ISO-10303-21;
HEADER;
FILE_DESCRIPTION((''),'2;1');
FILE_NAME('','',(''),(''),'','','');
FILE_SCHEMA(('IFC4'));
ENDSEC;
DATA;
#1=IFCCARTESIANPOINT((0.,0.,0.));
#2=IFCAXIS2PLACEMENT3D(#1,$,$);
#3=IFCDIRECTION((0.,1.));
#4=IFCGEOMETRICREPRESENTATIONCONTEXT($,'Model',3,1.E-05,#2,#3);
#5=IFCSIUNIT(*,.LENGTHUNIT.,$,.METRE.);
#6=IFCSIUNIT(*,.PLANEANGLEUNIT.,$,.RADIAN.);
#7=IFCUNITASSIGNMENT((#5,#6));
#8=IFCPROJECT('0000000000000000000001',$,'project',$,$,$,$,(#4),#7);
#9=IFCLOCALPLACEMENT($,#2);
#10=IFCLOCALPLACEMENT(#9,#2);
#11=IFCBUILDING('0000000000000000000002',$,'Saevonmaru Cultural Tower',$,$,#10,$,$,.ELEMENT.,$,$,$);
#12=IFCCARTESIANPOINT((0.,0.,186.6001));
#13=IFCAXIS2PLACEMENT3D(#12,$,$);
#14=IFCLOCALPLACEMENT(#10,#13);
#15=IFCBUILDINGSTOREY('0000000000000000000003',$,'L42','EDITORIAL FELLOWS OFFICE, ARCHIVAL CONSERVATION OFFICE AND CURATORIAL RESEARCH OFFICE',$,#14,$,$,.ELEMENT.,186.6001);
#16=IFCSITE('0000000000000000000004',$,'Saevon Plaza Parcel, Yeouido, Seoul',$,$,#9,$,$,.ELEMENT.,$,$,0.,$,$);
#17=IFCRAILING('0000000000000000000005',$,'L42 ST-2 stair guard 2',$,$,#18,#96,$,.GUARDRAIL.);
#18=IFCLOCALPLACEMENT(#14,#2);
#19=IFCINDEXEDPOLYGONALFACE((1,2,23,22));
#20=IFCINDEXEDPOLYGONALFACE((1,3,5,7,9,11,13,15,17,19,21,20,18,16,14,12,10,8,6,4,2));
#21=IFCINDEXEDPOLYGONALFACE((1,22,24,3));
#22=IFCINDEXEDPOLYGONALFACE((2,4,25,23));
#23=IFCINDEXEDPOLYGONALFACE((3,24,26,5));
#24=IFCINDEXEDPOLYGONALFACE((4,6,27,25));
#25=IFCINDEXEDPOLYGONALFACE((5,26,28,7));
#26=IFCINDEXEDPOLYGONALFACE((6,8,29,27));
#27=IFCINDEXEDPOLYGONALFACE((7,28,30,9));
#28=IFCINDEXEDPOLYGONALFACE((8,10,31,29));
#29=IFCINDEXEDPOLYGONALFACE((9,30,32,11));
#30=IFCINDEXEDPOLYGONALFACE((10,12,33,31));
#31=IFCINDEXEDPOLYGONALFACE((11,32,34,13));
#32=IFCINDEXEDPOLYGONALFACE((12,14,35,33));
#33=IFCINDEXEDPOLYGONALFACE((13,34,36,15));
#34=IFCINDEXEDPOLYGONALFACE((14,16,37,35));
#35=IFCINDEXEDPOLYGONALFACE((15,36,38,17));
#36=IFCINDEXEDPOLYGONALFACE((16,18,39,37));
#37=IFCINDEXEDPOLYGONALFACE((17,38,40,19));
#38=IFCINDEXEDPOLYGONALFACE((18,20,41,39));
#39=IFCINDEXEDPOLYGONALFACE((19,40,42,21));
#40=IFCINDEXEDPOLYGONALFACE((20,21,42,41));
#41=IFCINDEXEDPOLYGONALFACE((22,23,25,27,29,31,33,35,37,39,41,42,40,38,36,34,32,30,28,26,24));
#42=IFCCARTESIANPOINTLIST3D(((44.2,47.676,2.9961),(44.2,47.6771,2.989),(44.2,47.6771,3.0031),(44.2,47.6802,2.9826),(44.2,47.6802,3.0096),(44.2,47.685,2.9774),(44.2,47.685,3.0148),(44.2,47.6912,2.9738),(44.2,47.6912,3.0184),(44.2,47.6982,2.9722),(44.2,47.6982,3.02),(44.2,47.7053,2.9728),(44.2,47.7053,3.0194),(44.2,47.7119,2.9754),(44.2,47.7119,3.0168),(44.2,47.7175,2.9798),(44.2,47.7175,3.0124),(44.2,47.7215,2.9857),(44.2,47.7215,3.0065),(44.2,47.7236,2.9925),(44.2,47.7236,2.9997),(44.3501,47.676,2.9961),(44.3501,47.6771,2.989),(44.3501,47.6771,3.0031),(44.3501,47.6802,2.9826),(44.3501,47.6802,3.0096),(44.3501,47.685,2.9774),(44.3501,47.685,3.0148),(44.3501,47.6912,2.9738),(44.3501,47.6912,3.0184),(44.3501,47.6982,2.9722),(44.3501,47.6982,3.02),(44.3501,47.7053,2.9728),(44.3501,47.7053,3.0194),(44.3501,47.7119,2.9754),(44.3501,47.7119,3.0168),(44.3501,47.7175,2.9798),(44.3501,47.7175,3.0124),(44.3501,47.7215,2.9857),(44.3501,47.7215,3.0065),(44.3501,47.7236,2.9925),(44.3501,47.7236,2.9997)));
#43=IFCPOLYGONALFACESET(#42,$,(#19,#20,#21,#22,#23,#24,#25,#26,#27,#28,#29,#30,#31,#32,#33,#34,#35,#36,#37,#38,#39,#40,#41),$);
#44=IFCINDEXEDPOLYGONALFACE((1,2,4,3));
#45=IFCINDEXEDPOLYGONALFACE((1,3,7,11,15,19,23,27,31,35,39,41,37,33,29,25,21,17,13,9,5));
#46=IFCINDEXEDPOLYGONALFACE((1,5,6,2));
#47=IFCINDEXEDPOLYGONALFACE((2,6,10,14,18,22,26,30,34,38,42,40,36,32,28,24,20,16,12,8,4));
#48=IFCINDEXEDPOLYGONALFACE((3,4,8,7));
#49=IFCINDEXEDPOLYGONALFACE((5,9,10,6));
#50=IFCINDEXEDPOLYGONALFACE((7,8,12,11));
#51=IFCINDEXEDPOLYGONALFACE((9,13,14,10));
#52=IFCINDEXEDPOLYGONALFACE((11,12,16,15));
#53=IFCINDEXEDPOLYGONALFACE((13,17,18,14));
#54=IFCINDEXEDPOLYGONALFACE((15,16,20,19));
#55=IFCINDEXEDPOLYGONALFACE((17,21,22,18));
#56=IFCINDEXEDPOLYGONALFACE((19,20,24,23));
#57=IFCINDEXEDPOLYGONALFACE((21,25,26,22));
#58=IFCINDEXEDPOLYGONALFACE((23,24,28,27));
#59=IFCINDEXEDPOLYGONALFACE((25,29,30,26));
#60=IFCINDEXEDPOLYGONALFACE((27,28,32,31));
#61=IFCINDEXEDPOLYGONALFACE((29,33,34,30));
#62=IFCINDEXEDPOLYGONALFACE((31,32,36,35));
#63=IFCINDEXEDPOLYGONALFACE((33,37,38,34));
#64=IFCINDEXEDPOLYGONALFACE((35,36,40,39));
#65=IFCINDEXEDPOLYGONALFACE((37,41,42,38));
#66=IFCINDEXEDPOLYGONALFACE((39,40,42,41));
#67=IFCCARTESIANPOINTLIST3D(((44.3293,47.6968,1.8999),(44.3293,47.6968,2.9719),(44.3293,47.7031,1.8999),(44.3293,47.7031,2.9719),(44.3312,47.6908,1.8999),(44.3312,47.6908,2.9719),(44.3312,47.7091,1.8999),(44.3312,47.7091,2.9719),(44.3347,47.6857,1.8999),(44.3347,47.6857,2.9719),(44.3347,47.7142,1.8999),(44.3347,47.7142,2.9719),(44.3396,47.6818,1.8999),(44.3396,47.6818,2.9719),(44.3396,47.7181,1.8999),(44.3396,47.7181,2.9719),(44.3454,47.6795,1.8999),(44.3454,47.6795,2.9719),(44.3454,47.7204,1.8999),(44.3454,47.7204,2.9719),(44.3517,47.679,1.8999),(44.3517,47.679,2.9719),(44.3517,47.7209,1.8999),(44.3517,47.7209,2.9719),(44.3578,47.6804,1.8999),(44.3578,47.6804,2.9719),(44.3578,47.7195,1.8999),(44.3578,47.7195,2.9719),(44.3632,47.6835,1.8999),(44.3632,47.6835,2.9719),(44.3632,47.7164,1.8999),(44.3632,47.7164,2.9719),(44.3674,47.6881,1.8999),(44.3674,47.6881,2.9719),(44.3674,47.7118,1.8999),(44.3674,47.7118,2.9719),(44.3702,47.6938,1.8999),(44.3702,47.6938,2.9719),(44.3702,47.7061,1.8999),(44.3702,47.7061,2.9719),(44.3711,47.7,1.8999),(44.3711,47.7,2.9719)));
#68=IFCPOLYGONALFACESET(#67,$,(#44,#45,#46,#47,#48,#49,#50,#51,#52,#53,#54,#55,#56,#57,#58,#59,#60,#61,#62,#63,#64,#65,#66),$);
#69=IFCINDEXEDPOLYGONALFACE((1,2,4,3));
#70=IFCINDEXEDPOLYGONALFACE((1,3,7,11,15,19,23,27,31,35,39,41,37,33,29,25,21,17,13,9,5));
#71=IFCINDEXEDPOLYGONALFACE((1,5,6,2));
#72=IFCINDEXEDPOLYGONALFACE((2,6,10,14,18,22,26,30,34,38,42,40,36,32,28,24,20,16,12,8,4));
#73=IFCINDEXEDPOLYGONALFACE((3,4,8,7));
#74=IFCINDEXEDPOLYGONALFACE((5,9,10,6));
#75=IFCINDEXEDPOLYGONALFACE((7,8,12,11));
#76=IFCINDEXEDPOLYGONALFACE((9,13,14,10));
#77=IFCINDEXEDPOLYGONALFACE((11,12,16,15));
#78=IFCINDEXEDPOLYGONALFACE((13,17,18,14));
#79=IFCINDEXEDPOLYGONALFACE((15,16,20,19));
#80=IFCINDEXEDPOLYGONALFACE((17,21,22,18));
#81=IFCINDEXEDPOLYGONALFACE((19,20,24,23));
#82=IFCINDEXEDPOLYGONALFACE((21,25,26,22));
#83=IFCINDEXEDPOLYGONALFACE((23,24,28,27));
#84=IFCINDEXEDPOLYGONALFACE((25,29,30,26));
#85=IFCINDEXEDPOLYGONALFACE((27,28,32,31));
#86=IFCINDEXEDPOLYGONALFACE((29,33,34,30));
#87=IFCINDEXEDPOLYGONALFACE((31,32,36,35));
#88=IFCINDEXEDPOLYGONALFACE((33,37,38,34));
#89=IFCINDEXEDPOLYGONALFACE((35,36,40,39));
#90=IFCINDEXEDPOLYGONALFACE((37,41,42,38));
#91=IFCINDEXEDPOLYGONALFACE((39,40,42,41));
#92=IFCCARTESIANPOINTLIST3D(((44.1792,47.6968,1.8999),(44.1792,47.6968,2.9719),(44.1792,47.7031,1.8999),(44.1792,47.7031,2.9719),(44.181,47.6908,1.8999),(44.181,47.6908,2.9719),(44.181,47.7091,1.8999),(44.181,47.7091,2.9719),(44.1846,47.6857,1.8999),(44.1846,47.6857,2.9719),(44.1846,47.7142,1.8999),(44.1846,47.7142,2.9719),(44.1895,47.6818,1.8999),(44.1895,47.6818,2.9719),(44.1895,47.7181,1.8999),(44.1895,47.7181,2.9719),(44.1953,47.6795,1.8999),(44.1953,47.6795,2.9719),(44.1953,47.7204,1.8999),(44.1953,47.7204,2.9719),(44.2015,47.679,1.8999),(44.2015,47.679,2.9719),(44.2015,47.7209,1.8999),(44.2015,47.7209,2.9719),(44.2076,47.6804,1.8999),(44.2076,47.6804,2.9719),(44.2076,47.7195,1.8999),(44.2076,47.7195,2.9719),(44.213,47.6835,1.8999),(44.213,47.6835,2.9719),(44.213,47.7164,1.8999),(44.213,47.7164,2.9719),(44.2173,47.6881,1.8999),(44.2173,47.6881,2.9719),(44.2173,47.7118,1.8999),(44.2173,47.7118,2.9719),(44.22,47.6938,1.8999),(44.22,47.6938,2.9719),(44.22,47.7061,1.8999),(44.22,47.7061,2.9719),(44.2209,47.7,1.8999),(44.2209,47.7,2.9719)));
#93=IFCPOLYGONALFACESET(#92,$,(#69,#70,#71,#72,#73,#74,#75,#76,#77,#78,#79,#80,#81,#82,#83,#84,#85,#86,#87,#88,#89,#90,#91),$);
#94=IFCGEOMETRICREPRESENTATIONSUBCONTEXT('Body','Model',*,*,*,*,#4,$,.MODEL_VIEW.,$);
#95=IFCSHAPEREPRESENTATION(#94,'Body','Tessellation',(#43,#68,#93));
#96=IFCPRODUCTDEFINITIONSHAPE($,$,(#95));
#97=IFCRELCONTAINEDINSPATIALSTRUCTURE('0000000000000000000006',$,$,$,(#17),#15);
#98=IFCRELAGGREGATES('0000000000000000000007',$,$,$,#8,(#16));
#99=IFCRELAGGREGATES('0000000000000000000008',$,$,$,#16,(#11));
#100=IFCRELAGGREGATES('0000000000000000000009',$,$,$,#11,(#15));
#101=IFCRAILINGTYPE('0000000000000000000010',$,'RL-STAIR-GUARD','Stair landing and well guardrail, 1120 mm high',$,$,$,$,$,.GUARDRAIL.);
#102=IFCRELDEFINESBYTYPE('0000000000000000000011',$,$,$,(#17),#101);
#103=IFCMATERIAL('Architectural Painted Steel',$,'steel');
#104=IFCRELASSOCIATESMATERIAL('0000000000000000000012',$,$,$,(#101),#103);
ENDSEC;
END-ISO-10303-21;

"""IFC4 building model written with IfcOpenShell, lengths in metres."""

from ifc_helpers import new_model, si_unit, direction, frame, origin, origin_2d, place, context, subcontext, project, spatial, circle, extrude, material, type_object, element, save


model = new_model("IFC4")

# Units and contexts
model_context = context("Model", 3, precision=1e-05, world=origin(), true_north=direction((0.0, 1.0)))
body_context = subcontext(model_context, "Body", "Model", "MODEL_VIEW")
ifc_project = project(units=[si_unit("LENGTHUNIT", "METRE"), si_unit("PLANEANGLEUNIT", "RADIAN")], contexts=[model_context])

# Site, building, storey
site_placement = place(None, origin())
site = spatial("IfcSite", under=ifc_project, at=site_placement, Name="Saevon Plaza Parcel, Yeouido, Seoul", CompositionType="ELEMENT", RefElevation=0.0)
building_placement = place(site_placement, origin())
building = spatial("IfcBuilding", under=site, at=building_placement, Name="Saevonmaru Cultural Tower", CompositionType="ELEMENT")
storey_placement = place(building_placement, frame((0.0, 0.0, 186.6001)))
storey = spatial("IfcBuildingStorey", under=building, at=storey_placement, Name="L42", Description="EDITORIAL FELLOWS OFFICE, ARCHIVAL CONSERVATION OFFICE AND CURATORIAL RESEARCH OFFICE", CompositionType="ELEMENT", Elevation=186.6001)

# Railing
ifc_material_1 = material(Name="Architectural Painted Steel", Category="steel")
railing_type_1 = type_object("IfcRailingType", Name="RL-STAIR-GUARD", Description="Stair landing and well guardrail, 1120 mm high", PredefinedType="GUARDRAIL", material=ifc_material_1)
railing_1_placement = place(storey_placement, frame((44.3501, 47.7, 1.8999)))
element("IfcRailing", 1, at=railing_1_placement, inside=storey, type_object=railing_type_1, Name="L42 ST-2 stair guard 2", PredefinedType="GUARDRAIL", context=body_context, shape_type="SweptSolid", body=[
    extrude(circle(Radius=0.0239, at=origin_2d()), frame((0.0, 0.0, 1.0962), z_axis=(-1.0, 0.0, 0.0), x_axis=(0.0, -1.0, 0.0)), (0.0, 0.0, 1.0), 0.1501),
    extrude(circle(Radius=0.021, at=origin_2d()), origin(), (0.0, 0.0, 1.0), 1.072),
    extrude(circle(Radius=0.021, at=origin_2d()), frame((-0.1501, 0.0, 0.0)), (0.0, 0.0, 1.0), 1.072),
])

save(model, "model.ifc")
